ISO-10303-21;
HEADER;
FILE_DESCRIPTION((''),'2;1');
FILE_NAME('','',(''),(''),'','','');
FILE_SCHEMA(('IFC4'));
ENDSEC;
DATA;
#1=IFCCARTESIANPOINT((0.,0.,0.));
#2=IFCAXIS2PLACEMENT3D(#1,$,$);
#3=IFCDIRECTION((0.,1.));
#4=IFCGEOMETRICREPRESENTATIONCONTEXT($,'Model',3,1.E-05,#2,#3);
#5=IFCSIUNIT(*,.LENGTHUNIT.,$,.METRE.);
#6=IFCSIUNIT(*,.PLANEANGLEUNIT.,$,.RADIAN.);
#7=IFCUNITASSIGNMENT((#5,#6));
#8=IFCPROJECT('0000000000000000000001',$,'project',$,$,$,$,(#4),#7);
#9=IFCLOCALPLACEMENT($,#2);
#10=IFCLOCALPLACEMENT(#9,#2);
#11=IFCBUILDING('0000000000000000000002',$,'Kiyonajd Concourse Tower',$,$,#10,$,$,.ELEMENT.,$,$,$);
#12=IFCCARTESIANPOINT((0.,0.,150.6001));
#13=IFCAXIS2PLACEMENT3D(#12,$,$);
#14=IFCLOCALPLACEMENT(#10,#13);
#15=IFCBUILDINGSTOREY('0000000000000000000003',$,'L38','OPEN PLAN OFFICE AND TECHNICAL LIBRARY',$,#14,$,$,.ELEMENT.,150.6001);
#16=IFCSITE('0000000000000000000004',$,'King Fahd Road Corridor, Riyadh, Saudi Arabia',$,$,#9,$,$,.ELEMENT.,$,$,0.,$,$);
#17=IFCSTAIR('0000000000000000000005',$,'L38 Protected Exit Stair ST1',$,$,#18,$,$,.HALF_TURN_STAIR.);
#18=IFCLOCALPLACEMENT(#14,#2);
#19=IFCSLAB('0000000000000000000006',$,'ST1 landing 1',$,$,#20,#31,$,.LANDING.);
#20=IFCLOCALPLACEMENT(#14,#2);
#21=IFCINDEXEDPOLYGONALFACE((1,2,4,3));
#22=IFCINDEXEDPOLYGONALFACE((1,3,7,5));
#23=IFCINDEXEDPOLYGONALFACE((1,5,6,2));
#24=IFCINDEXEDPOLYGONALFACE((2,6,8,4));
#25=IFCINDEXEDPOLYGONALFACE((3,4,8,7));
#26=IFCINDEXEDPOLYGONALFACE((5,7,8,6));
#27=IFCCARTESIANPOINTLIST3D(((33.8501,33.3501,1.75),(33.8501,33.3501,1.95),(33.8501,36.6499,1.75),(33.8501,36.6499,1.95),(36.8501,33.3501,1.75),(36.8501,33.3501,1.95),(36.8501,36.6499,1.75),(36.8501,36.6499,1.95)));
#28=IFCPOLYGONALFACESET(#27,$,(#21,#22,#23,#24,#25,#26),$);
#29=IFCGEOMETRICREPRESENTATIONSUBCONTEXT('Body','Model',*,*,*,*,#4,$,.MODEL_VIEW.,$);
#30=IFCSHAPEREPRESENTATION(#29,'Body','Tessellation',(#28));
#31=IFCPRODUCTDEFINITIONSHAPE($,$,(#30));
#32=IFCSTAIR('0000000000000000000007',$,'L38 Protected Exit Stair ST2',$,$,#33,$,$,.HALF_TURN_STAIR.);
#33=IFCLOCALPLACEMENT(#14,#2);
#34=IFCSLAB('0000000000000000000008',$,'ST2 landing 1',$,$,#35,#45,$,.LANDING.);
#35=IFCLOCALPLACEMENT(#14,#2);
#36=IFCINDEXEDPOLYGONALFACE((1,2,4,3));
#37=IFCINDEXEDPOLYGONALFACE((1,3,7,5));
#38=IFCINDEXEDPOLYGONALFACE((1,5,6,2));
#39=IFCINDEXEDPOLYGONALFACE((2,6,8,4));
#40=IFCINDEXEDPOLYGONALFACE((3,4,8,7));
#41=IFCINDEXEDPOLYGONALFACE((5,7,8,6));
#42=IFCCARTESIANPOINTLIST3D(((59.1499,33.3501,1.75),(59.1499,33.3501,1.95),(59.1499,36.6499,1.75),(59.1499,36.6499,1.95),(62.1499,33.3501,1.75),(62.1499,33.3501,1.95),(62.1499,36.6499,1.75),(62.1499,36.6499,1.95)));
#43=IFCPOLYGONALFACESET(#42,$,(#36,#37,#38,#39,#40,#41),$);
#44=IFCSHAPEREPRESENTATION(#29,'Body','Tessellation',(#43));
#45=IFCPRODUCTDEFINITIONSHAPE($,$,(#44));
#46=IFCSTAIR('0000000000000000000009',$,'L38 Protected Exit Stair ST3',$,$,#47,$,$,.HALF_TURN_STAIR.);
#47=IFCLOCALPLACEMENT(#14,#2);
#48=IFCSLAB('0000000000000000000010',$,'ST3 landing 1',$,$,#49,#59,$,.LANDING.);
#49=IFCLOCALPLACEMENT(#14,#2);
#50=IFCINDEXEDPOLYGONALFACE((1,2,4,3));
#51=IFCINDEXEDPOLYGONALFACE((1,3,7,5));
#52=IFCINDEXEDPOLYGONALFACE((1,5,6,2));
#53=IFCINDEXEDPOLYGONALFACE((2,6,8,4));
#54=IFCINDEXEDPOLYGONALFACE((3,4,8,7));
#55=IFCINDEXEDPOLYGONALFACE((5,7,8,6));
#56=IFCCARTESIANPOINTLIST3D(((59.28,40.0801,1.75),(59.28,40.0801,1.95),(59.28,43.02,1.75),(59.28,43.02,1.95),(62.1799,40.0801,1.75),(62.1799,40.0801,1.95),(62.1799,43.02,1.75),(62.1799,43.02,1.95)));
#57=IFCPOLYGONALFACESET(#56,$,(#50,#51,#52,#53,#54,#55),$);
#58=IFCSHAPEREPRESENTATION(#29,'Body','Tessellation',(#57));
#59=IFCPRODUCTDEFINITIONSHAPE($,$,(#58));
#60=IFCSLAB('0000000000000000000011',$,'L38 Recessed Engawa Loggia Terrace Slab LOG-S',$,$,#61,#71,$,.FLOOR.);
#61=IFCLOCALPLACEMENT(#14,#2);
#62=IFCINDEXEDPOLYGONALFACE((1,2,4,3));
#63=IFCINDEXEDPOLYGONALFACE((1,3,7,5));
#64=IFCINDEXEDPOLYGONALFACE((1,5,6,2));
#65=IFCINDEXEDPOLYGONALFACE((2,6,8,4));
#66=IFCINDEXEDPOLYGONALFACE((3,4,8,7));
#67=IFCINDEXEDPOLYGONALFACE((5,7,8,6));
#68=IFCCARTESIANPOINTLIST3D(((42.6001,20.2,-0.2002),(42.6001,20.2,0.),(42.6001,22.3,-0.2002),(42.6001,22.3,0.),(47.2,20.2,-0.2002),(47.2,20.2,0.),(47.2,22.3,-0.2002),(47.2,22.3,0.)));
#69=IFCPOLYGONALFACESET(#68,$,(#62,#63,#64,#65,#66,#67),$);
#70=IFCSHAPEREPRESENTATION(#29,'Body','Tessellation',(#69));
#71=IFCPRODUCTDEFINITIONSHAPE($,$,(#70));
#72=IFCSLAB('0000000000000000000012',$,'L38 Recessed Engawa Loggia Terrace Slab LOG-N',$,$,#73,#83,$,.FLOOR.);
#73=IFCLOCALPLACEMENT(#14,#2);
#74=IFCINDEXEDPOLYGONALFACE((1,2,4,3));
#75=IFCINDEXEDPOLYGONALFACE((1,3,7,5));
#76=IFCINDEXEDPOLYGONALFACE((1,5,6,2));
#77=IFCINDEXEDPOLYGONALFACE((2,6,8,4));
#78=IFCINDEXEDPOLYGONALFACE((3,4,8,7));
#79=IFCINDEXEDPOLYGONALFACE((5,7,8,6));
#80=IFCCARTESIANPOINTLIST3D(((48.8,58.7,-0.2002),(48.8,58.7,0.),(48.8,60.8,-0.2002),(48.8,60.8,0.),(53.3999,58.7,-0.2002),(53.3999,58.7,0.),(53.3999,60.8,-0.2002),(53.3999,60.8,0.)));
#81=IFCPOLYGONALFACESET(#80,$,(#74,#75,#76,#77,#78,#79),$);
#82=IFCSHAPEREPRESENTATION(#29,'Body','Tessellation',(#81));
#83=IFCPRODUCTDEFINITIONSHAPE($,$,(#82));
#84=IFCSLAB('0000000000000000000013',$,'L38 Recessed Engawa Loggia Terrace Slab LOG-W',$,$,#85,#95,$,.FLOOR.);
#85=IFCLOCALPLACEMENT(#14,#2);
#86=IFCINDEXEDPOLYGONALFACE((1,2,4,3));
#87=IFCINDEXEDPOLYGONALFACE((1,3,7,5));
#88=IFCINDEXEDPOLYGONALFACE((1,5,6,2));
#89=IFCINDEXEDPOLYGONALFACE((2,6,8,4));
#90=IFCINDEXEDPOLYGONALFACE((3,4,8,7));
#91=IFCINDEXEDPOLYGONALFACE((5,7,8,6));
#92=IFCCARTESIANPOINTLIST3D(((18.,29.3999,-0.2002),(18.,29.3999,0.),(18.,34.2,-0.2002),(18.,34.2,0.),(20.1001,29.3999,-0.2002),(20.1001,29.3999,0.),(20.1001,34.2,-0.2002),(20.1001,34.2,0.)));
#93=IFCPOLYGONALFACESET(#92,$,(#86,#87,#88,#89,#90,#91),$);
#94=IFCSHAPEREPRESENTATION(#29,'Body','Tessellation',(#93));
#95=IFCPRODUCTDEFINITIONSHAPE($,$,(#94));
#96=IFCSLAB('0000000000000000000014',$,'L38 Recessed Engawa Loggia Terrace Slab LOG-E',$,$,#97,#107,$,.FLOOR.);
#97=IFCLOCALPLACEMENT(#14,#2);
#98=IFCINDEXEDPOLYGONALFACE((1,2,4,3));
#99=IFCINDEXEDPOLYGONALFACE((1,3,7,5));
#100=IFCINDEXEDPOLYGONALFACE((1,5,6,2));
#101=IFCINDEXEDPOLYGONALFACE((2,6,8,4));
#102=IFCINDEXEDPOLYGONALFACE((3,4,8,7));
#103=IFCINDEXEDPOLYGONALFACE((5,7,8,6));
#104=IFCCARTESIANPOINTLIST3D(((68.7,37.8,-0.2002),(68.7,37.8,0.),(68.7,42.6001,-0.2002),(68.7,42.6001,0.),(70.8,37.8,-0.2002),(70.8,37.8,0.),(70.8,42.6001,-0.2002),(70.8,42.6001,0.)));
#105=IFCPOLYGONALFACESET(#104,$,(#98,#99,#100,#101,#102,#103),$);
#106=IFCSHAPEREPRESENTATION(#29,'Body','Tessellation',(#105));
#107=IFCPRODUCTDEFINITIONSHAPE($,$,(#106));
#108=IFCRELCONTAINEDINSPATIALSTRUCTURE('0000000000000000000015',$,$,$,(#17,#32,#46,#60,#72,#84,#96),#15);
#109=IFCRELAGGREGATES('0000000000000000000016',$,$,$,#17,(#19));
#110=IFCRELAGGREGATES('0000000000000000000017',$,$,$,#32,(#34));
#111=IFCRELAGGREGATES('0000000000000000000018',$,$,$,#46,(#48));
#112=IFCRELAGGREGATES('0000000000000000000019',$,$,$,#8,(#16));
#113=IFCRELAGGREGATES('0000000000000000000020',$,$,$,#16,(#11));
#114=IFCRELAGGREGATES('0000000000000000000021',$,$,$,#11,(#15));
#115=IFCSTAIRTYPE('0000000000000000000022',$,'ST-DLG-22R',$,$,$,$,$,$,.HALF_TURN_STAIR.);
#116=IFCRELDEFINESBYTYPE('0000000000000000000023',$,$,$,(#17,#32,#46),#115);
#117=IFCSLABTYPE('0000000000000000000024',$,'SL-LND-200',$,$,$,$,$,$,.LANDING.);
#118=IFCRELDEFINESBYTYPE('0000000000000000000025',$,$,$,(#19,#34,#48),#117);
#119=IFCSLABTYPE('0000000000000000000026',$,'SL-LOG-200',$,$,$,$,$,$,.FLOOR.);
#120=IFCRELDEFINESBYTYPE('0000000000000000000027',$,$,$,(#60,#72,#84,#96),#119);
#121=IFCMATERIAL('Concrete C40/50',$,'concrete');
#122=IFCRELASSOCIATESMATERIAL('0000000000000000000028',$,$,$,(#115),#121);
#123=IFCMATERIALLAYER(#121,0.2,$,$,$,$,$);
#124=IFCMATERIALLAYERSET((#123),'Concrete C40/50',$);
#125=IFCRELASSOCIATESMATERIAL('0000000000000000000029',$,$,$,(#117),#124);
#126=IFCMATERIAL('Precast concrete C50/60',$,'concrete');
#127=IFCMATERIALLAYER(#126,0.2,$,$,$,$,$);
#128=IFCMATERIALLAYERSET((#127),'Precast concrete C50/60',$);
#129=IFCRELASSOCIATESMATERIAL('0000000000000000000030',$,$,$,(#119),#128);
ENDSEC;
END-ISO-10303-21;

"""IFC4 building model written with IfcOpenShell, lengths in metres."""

from ifc_helpers import new_model, si_unit, direction, frame, origin, place, context, subcontext, project, spatial, polyline, outline, extrude, material, layer, layer_set, type_object, element, aggregate, save


model = new_model("IFC4")

# Units and contexts
model_context = context("Model", 3, precision=1e-05, world=origin(), true_north=direction((0.0, 1.0)))
body_context = subcontext(model_context, "Body", "Model", "MODEL_VIEW")
ifc_project = project(units=[si_unit("LENGTHUNIT", "METRE"), si_unit("PLANEANGLEUNIT", "RADIAN")], contexts=[model_context])

# Site, building, storey
site_placement = place(None, origin())
site = spatial("IfcSite", under=ifc_project, at=site_placement, Name="King Fahd Road Corridor, Riyadh, Saudi Arabia", CompositionType="ELEMENT", RefElevation=0.0)
building_placement = place(site_placement, origin())
building = spatial("IfcBuilding", under=site, at=building_placement, Name="Kiyonajd Concourse Tower", CompositionType="ELEMENT")
storey_placement = place(building_placement, frame((0.0, 0.0, 150.6001)))
storey = spatial("IfcBuildingStorey", under=building, at=storey_placement, Name="L38", Description="OPEN PLAN OFFICE AND TECHNICAL LIBRARY", CompositionType="ELEMENT", Elevation=150.6001)

# Stairs, slabs
ifc_material_1 = material(Name="Concrete C40/50", Category="concrete")
stair_type = type_object("IfcStairType", Name="ST-DLG-22R", PredefinedType="HALF_TURN_STAIR", material=ifc_material_1)
stair_1_placement = place(storey_placement, origin())
stair_1 = element("IfcStair", 1, at=stair_1_placement, inside=storey, type_object=stair_type, Name="L38 Protected Exit Stair ST1", PredefinedType="HALF_TURN_STAIR")
ifc_layer_1 = layer(ifc_material_1, 0.2)
ifc_layer_set_1 = layer_set([ifc_layer_1], Name="Concrete C40/50")
slab_type_1 = type_object("IfcSlabType", Name="SL-LND-200", PredefinedType="LANDING", material=ifc_layer_set_1)
slab_1_placement = place(storey_placement, frame((0.0, 0.0, 1.75)))
slab_1 = element("IfcSlab", 2, at=slab_1_placement, type_object=slab_type_1, Name="ST1 landing 1", PredefinedType="LANDING", context=body_context, shape_type="SweptSolid", body=[
    extrude(outline(polyline([(36.8501, 33.3501), (36.8501, 36.6499), (33.8501, 36.6499), (33.8501, 33.3501), (36.8501, 33.3501)])), origin(), (0.0, 0.0, 1.0), 0.2),
])
aggregate(stair_1, [slab_1])
stair_2_placement = place(storey_placement, origin())
stair_2 = element("IfcStair", 3, at=stair_2_placement, inside=storey, type_object=stair_type, Name="L38 Protected Exit Stair ST2", PredefinedType="HALF_TURN_STAIR")
slab_2_placement = place(storey_placement, frame((0.0, 0.0, 1.75)))
slab_2 = element("IfcSlab", 4, at=slab_2_placement, type_object=slab_type_1, Name="ST2 landing 1", PredefinedType="LANDING", context=body_context, shape_type="SweptSolid", body=[
    extrude(outline(polyline([(62.1499, 33.3501), (62.1499, 36.6499), (59.1499, 36.6499), (59.1499, 33.3501), (62.1499, 33.3501)])), origin(), (0.0, 0.0, 1.0), 0.2),
])
aggregate(stair_2, [slab_2])
stair_3_placement = place(storey_placement, origin())
stair_3 = element("IfcStair", 5, at=stair_3_placement, inside=storey, type_object=stair_type, Name="L38 Protected Exit Stair ST3", PredefinedType="HALF_TURN_STAIR")
slab_3_placement = place(storey_placement, frame((0.0, 0.0, 1.75)))
slab_3 = element("IfcSlab", 6, at=slab_3_placement, type_object=slab_type_1, Name="ST3 landing 1", PredefinedType="LANDING", context=body_context, shape_type="SweptSolid", body=[
    extrude(outline(polyline([(59.28, 40.0801), (62.1799, 40.0801), (62.1799, 43.02), (59.28, 43.02), (59.28, 40.0801)])), origin(), (0.0, 0.0, 1.0), 0.2),
])
aggregate(stair_3, [slab_3])

# Slabs
ifc_material_2 = material(Name="Precast concrete C50/60", Category="concrete")
ifc_layer_2 = layer(ifc_material_2, 0.2)
ifc_layer_set_2 = layer_set([ifc_layer_2], Name="Precast concrete C50/60")
slab_type_2 = type_object("IfcSlabType", Name="SL-LOG-200", PredefinedType="FLOOR", material=ifc_layer_set_2)
slab_4_placement = place(storey_placement, frame((0.0, 0.0, -0.2002)))
element("IfcSlab", 7, at=slab_4_placement, inside=storey, type_object=slab_type_2, Name="L38 Recessed Engawa Loggia Terrace Slab LOG-S", PredefinedType="FLOOR", context=body_context, shape_type="SweptSolid", body=[
    extrude(outline(polyline([(42.6001, 20.2), (47.2, 20.2), (47.2, 22.3), (42.6001, 22.3), (42.6001, 20.2)])), origin(), (0.0, 0.0, 1.0), 0.2002),
])
slab_5_placement = place(storey_placement, frame((0.0, 0.0, -0.2002)))
element("IfcSlab", 8, at=slab_5_placement, inside=storey, type_object=slab_type_2, Name="L38 Recessed Engawa Loggia Terrace Slab LOG-N", PredefinedType="FLOOR", context=body_context, shape_type="SweptSolid", body=[
    extrude(outline(polyline([(48.8, 58.7), (53.3999, 58.7), (53.3999, 60.8), (48.8, 60.8), (48.8, 58.7)])), origin(), (0.0, 0.0, 1.0), 0.2002),
])
slab_6_placement = place(storey_placement, frame((0.0, 0.0, -0.2002)))
element("IfcSlab", 9, at=slab_6_placement, inside=storey, type_object=slab_type_2, Name="L38 Recessed Engawa Loggia Terrace Slab LOG-W", PredefinedType="FLOOR", context=body_context, shape_type="SweptSolid", body=[
    extrude(outline(polyline([(18.0, 29.3999), (20.1001, 29.3999), (20.1001, 34.2), (18.0, 34.2), (18.0, 29.3999)])), origin(), (0.0, 0.0, 1.0), 0.2002),
])
slab_7_placement = place(storey_placement, frame((0.0, 0.0, -0.2002)))
element("IfcSlab", 10, at=slab_7_placement, inside=storey, type_object=slab_type_2, Name="L38 Recessed Engawa Loggia Terrace Slab LOG-E", PredefinedType="FLOOR", context=body_context, shape_type="SweptSolid", body=[
    extrude(outline(polyline([(68.7, 37.8), (70.8, 37.8), (70.8, 42.6001), (68.7, 42.6001), (68.7, 37.8)])), origin(), (0.0, 0.0, 1.0), 0.2002),
])

save(model, "model.ifc")
